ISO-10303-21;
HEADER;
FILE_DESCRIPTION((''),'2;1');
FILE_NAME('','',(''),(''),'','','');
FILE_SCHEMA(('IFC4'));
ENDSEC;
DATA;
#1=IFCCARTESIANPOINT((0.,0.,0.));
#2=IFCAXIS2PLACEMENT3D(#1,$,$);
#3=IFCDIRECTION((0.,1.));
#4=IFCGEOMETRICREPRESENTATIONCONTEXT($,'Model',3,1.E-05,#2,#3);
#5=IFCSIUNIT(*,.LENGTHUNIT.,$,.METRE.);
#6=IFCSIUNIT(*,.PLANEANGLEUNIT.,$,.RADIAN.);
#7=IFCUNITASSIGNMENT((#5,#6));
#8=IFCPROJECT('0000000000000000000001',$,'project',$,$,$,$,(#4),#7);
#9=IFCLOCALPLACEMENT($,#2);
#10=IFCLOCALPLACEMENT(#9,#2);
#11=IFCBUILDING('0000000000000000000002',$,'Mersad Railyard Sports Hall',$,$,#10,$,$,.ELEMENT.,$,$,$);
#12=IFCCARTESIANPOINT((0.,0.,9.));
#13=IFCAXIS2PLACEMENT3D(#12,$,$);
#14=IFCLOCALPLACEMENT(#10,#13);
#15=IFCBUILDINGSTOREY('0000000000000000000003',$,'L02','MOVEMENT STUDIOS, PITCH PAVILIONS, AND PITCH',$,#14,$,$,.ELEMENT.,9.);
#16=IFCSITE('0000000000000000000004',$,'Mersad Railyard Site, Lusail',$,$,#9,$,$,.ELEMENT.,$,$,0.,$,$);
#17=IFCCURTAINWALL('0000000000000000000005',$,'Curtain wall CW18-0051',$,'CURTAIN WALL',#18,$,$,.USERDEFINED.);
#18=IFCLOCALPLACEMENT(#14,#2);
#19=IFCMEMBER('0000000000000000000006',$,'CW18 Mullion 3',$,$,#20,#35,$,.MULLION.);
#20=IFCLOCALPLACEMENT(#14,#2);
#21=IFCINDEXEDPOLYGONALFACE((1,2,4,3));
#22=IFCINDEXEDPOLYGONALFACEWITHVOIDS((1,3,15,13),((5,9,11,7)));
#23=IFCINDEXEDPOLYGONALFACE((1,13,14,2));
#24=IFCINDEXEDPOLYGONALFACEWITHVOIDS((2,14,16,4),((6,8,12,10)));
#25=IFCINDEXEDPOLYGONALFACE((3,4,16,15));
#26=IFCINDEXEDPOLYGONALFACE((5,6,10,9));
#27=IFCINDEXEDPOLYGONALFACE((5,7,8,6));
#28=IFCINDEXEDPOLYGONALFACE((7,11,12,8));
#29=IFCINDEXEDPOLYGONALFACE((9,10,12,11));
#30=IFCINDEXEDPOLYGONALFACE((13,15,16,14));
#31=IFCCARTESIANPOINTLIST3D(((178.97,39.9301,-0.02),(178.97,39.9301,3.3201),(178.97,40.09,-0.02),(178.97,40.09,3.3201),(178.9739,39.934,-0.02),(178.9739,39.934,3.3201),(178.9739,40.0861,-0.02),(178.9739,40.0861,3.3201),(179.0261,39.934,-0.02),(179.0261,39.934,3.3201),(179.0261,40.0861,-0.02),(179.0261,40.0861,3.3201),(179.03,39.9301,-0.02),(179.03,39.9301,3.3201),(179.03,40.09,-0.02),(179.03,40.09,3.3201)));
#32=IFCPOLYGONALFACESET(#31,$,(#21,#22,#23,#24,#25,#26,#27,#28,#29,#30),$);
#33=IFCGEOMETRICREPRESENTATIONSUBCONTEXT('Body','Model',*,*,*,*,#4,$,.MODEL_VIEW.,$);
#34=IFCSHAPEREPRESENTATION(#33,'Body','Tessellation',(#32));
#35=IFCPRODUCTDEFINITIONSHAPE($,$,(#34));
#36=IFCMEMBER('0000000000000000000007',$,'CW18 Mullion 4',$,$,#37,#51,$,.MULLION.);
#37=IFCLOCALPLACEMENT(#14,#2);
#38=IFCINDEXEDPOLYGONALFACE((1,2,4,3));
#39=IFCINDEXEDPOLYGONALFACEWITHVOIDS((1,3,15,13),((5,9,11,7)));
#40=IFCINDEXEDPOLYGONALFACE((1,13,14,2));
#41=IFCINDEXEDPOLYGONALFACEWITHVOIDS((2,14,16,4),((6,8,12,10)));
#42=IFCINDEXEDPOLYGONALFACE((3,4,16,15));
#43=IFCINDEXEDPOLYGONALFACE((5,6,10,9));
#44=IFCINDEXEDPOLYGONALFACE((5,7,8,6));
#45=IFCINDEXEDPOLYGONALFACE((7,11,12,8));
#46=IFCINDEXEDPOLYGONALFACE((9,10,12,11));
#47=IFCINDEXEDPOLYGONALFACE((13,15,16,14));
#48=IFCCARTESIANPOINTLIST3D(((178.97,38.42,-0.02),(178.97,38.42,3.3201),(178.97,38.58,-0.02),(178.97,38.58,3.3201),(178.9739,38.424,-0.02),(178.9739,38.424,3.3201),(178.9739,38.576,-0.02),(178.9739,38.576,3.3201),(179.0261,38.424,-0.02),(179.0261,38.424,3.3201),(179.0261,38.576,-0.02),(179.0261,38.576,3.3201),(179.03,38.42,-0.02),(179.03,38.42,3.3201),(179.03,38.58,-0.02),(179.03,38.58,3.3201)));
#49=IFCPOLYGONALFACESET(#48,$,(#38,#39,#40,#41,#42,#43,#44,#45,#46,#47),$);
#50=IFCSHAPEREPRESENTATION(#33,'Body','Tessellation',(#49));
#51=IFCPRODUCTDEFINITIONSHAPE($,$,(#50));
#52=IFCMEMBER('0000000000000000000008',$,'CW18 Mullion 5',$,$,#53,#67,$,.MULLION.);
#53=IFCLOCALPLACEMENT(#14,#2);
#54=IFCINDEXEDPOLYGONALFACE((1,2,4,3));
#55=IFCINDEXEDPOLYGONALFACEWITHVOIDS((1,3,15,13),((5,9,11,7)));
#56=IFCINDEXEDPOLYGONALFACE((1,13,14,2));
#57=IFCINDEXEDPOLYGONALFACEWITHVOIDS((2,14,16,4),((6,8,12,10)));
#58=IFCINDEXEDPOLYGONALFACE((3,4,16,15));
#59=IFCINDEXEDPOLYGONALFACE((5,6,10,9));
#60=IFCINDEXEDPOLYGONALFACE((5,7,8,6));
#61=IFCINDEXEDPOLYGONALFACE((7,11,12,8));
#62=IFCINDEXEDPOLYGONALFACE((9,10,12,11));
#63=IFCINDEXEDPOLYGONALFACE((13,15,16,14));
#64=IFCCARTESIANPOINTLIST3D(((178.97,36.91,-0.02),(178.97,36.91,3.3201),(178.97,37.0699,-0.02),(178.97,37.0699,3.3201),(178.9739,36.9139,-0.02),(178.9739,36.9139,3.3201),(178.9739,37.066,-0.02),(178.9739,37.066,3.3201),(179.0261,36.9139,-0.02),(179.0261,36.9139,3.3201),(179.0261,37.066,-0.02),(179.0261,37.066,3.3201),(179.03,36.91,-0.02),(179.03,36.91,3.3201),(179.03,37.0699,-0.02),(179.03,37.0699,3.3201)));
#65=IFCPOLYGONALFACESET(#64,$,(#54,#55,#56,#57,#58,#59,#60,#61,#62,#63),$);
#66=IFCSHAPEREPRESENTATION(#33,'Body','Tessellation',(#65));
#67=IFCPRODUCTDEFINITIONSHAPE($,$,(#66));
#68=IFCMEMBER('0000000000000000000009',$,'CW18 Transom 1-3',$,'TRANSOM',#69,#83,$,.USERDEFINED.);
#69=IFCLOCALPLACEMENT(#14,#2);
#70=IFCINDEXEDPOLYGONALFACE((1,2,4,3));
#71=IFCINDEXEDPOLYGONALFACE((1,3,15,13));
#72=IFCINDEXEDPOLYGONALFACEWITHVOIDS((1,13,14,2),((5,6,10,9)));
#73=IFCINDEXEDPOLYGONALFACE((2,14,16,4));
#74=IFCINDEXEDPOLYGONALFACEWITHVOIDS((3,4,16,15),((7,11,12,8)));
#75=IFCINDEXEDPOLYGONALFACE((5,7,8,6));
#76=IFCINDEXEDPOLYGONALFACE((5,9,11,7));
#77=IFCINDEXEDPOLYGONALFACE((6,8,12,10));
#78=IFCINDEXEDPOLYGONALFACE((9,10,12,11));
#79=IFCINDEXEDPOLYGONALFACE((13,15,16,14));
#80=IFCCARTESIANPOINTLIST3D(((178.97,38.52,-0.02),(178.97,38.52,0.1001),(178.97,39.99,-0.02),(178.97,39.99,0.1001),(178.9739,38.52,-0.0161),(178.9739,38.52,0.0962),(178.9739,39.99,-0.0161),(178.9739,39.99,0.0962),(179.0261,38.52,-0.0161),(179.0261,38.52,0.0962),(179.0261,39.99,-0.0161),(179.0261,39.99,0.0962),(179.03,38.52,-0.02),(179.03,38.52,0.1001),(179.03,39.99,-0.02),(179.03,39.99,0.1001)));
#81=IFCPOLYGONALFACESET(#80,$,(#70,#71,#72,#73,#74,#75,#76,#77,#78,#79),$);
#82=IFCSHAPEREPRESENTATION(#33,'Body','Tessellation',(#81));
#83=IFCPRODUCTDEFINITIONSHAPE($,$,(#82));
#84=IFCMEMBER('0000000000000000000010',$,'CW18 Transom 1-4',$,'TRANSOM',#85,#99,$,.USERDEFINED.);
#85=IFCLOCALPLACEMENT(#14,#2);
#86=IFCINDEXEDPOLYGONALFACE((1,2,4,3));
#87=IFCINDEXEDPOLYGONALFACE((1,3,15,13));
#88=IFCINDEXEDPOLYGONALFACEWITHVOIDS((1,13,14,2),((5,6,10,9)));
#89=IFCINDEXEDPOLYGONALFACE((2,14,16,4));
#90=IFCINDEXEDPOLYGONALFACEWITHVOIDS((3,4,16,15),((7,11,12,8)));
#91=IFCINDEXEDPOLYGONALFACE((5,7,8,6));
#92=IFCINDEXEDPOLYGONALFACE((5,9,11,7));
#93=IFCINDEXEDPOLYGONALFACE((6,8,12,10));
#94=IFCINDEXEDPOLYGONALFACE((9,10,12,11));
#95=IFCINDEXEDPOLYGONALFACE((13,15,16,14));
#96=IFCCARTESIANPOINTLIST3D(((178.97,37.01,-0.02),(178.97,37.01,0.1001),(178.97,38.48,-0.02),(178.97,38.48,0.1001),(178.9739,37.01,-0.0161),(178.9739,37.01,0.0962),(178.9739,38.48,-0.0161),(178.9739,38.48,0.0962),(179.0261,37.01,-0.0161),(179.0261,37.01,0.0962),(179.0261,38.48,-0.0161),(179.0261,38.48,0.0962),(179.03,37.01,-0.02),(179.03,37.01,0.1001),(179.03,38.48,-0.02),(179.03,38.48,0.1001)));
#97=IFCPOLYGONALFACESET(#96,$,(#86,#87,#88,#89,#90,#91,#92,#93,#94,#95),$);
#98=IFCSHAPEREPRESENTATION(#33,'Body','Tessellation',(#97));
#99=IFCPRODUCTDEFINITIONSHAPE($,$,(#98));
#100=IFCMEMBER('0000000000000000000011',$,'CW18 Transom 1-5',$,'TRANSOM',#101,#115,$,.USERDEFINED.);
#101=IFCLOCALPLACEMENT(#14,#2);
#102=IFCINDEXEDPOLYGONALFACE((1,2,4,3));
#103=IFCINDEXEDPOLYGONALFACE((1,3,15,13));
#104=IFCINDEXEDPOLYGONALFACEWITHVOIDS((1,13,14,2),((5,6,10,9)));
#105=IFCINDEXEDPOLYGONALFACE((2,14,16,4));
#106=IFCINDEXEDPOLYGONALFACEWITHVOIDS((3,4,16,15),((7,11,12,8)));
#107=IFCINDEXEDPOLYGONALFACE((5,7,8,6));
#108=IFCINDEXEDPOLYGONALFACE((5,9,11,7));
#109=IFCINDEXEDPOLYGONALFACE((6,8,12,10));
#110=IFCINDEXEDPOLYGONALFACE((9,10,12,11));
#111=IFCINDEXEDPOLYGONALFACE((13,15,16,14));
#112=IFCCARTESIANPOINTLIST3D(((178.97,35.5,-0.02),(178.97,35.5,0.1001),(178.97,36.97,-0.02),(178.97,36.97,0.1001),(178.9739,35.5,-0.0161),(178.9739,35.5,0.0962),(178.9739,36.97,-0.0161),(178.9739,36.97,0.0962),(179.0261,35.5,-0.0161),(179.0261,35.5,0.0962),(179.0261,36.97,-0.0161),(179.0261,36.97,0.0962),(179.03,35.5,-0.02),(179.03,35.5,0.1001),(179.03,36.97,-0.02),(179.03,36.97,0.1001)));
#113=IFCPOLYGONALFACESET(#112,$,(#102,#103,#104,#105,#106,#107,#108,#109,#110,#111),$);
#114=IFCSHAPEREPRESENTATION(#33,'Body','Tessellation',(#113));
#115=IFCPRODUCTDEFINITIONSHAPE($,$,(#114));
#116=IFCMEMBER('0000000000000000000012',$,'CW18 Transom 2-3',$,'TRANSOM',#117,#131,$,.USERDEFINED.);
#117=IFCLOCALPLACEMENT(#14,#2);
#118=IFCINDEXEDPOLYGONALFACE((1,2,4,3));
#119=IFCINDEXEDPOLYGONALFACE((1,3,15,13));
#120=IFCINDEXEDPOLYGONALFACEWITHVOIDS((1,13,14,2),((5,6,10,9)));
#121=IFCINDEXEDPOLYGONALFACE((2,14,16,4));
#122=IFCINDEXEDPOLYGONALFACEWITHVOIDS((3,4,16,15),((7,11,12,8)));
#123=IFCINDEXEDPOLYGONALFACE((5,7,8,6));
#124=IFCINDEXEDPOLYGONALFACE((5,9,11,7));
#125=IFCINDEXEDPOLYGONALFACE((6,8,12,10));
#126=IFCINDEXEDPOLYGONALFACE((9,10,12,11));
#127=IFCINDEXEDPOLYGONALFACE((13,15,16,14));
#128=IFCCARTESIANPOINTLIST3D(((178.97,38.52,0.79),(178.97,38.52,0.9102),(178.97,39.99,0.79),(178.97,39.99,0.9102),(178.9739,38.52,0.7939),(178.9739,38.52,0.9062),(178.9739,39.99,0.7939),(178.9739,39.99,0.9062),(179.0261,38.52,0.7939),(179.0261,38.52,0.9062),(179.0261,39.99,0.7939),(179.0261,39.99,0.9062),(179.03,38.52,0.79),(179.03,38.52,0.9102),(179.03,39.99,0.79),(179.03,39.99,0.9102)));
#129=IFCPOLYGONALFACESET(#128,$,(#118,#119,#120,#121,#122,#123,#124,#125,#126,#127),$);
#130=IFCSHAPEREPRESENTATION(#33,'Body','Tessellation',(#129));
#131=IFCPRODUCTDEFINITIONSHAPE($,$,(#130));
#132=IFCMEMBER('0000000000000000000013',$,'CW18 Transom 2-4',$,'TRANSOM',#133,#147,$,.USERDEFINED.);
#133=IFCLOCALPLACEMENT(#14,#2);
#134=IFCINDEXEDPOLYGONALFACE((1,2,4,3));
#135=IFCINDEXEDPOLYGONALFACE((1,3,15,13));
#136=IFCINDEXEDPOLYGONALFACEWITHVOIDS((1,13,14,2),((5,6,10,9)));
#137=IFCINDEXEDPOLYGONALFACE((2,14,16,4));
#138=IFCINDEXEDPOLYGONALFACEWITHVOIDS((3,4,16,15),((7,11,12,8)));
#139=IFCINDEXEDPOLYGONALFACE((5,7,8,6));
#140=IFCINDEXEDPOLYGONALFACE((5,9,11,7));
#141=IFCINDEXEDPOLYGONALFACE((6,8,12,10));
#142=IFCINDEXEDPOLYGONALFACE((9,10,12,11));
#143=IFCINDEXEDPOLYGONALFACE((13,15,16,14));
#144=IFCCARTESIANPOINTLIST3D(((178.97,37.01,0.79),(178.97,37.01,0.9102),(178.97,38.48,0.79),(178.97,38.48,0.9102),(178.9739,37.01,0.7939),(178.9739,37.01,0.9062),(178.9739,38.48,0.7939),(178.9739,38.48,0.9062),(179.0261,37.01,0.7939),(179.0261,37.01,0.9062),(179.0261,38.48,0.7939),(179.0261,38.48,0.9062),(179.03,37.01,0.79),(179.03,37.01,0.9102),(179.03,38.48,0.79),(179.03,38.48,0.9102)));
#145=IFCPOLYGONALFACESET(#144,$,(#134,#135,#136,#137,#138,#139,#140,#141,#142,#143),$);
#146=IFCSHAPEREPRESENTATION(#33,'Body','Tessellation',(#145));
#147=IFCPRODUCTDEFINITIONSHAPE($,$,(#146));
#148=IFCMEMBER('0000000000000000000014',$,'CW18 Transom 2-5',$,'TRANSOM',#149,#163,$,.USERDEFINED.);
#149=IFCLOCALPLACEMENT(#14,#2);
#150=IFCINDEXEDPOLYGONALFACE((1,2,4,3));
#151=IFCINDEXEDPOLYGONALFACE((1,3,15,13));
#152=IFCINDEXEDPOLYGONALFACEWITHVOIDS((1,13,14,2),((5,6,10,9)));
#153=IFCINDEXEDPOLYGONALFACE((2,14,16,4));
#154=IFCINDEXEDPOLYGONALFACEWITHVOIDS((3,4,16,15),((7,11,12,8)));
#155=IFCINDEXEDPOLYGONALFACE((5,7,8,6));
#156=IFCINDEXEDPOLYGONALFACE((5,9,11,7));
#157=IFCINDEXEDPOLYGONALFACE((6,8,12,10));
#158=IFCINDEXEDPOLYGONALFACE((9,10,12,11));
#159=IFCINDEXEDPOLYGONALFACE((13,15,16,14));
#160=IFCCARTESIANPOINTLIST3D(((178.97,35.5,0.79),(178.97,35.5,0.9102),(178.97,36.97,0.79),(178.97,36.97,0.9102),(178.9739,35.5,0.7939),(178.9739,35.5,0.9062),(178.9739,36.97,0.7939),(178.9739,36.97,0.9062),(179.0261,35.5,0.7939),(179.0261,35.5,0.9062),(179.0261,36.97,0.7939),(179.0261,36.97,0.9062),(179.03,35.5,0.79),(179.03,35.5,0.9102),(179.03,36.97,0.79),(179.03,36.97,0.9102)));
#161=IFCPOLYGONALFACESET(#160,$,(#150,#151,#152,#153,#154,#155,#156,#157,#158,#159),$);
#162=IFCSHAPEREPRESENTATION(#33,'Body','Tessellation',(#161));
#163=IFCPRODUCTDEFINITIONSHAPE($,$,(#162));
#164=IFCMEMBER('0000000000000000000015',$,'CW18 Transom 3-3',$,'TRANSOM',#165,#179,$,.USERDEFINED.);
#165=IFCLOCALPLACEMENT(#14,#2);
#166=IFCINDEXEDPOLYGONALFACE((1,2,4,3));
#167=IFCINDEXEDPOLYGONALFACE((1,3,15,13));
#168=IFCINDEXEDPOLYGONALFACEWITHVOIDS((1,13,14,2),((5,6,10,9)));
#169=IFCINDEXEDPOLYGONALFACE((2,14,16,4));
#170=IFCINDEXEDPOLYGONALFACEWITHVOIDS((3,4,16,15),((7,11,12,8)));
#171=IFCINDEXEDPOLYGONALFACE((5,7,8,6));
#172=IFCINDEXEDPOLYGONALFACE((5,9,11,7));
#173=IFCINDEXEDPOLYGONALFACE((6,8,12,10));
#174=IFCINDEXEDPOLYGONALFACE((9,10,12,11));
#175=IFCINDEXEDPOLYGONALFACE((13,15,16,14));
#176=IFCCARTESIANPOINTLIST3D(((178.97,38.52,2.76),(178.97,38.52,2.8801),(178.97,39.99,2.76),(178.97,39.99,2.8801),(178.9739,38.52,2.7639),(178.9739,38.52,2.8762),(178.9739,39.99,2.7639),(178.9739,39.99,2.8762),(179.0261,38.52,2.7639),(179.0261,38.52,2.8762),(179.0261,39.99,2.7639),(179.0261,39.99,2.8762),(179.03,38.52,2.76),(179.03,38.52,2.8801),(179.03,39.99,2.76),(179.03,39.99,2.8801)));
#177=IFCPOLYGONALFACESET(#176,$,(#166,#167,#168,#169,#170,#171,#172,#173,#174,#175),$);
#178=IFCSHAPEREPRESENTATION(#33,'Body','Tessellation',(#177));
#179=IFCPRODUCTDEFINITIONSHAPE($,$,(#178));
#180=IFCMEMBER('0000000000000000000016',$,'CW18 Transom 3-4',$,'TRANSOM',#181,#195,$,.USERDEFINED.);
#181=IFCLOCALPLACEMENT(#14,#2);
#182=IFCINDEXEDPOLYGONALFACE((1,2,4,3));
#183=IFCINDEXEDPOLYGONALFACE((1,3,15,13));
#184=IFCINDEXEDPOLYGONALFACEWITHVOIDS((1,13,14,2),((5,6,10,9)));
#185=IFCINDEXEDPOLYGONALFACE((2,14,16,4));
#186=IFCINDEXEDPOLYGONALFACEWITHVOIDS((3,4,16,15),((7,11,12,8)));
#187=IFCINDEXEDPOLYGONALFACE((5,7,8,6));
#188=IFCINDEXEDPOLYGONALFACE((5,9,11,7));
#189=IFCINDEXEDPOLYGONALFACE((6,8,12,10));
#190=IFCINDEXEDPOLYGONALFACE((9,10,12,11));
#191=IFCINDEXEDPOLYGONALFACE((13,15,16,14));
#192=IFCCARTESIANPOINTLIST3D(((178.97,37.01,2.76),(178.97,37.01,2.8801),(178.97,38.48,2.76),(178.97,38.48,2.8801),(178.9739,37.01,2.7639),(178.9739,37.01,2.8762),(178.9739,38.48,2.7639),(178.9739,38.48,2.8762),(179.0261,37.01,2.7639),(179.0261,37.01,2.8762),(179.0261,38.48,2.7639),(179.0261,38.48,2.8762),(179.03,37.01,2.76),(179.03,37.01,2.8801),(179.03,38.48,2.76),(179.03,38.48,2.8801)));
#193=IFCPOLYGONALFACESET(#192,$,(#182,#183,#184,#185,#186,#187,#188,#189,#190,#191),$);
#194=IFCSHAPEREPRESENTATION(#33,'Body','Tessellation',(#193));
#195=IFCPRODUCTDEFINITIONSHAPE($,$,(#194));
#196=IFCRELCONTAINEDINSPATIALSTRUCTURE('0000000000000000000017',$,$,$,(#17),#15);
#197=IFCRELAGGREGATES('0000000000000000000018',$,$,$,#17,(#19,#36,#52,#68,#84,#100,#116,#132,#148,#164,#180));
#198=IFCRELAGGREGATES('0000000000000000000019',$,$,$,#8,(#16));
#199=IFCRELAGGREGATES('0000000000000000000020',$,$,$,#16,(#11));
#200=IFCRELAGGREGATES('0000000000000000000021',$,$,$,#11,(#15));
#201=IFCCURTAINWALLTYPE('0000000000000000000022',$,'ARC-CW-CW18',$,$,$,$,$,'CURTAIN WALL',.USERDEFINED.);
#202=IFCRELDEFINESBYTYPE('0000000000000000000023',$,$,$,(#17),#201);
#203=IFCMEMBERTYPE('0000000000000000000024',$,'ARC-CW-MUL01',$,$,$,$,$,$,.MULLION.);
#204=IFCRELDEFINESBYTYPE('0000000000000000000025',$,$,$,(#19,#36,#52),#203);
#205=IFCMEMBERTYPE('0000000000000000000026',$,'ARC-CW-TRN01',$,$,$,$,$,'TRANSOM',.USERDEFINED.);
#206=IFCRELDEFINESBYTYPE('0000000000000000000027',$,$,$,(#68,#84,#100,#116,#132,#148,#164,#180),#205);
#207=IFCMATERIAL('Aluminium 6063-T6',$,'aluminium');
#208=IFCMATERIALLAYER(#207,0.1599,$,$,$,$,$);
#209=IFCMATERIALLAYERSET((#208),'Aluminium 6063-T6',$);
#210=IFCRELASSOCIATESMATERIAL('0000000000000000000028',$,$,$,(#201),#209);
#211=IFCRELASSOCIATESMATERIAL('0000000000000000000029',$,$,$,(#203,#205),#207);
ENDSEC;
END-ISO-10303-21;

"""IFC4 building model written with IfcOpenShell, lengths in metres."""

from ifc_helpers import new_model, si_unit, direction, frame, origin, origin_2d, place, context, subcontext, project, spatial, hollow_rectangle, extrude, material, layer, layer_set, material_profile, profile_set, type_object, element, aggregate, save


model = new_model("IFC4")

# Units and contexts
model_context = context("Model", 3, precision=1e-05, world=origin(), true_north=direction((0.0, 1.0)))
body_context = subcontext(model_context, "Body", "Model", "MODEL_VIEW")
ifc_project = project(units=[si_unit("LENGTHUNIT", "METRE"), si_unit("PLANEANGLEUNIT", "RADIAN")], contexts=[model_context])

# Site, building, storey
site_placement = place(None, origin())
site = spatial("IfcSite", under=ifc_project, at=site_placement, Name="Mersad Railyard Site, Lusail", CompositionType="ELEMENT", RefElevation=0.0)
building_placement = place(site_placement, origin())
building = spatial("IfcBuilding", under=site, at=building_placement, Name="Mersad Railyard Sports Hall", CompositionType="ELEMENT")
storey_placement = place(building_placement, frame((0.0, 0.0, 9.0)))
storey = spatial("IfcBuildingStorey", under=building, at=storey_placement, Name="L02", Description="MOVEMENT STUDIOS, PITCH PAVILIONS, AND PITCH", CompositionType="ELEMENT", Elevation=9.0)

# Curtain wall, members
ifc_material_1 = material(Name="Aluminium 6063-T6", Category="aluminium")
ifc_layer_1 = layer(ifc_material_1, 0.1599)
ifc_layer_set_1 = layer_set([ifc_layer_1], Name="Aluminium 6063-T6")
curtain_wall_type = type_object("IfcCurtainWallType", Name="ARC-CW-CW18", ElementType="CURTAIN WALL", PredefinedType="USERDEFINED", material=ifc_layer_set_1)
curtain_wall_placement = place(storey_placement, origin())
curtain_wall = element("IfcCurtainWall", 1, at=curtain_wall_placement, inside=storey, type_object=curtain_wall_type, Name="Curtain wall CW18-0051", ObjectType="CURTAIN WALL", PredefinedType="USERDEFINED")
ifc_material_profile_1 = material_profile(ifc_material_1, hollow_rectangle(XDim=0.0601, YDim=0.1599, WallThickness=0.0039, at=origin_2d()), Name="AL MULLION 60x160x4")
ifc_profile_set_1 = profile_set([ifc_material_profile_1], Name="Aluminium 6063-T6")
member_type_1 = type_object("IfcMemberType", Name="ARC-CW-MUL01", PredefinedType="MULLION", material=ifc_profile_set_1)
member_1_placement = place(storey_placement, frame((179.0, 40.01, -0.02), z_axis=(0.0, 0.0, 1.0), x_axis=(1.0, 0.0, 0.0)))
member_1 = element("IfcMember", 2, at=member_1_placement, type_object=member_type_1, Name="CW18 Mullion 3", PredefinedType="MULLION", context=body_context, shape_type="SweptSolid", body=[
    extrude(hollow_rectangle(XDim=0.0601, YDim=0.1599, WallThickness=0.0039, at=origin_2d()), origin(), (0.0, 0.0, 1.0), 3.3401),
])
member_2_placement = place(storey_placement, frame((179.0, 38.5, -0.02), z_axis=(0.0, 0.0, 1.0), x_axis=(1.0, 0.0, 0.0)))
member_2 = element("IfcMember", 3, at=member_2_placement, type_object=member_type_1, Name="CW18 Mullion 4", PredefinedType="MULLION", context=body_context, shape_type="SweptSolid", body=[
    extrude(hollow_rectangle(XDim=0.0601, YDim=0.1599, WallThickness=0.0039, at=origin_2d()), origin(), (0.0, 0.0, 1.0), 3.3401),
])
member_3_placement = place(storey_placement, frame((179.0, 36.99, -0.02), z_axis=(0.0, 0.0, 1.0), x_axis=(1.0, 0.0, 0.0)))
member_3 = element("IfcMember", 4, at=member_3_placement, type_object=member_type_1, Name="CW18 Mullion 5", PredefinedType="MULLION", context=body_context, shape_type="SweptSolid", body=[
    extrude(hollow_rectangle(XDim=0.0601, YDim=0.1599, WallThickness=0.0039, at=origin_2d()), origin(), (0.0, 0.0, 1.0), 3.3401),
])
ifc_material_profile_2 = material_profile(ifc_material_1, hollow_rectangle(XDim=0.0601, YDim=0.1201, WallThickness=0.0039, at=origin_2d()), Name="AL TRANSOM 60x120x4")
ifc_profile_set_2 = profile_set([ifc_material_profile_2], Name="Aluminium 6063-T6")
member_type_2 = type_object("IfcMemberType", Name="ARC-CW-TRN01", ElementType="TRANSOM", PredefinedType="USERDEFINED", material=ifc_profile_set_2)
member_4_placement = place(storey_placement, frame((179.0, 39.99, 0.04), z_axis=(0.0, -1.0, 0.0), x_axis=(1.0, 0.0, 0.0)))
member_4 = element("IfcMember", 5, at=member_4_placement, type_object=member_type_2, Name="CW18 Transom 1-3", ObjectType="TRANSOM", PredefinedType="USERDEFINED", context=body_context, shape_type="SweptSolid", body=[
    extrude(hollow_rectangle(XDim=0.0601, YDim=0.1201, WallThickness=0.0039, at=origin_2d()), origin(), (0.0, 0.0, 1.0), 1.47),
])
member_5_placement = place(storey_placement, frame((179.0, 38.48, 0.04), z_axis=(0.0, -1.0, 0.0), x_axis=(1.0, 0.0, 0.0)))
member_5 = element("IfcMember", 6, at=member_5_placement, type_object=member_type_2, Name="CW18 Transom 1-4", ObjectType="TRANSOM", PredefinedType="USERDEFINED", context=body_context, shape_type="SweptSolid", body=[
    extrude(hollow_rectangle(XDim=0.0601, YDim=0.1201, WallThickness=0.0039, at=origin_2d()), origin(), (0.0, 0.0, 1.0), 1.47),
])
member_6_placement = place(storey_placement, frame((179.0, 36.97, 0.04), z_axis=(0.0, -1.0, 0.0), x_axis=(1.0, 0.0, 0.0)))
member_6 = element("IfcMember", 7, at=member_6_placement, type_object=member_type_2, Name="CW18 Transom 1-5", ObjectType="TRANSOM", PredefinedType="USERDEFINED", context=body_context, shape_type="SweptSolid", body=[
    extrude(hollow_rectangle(XDim=0.0601, YDim=0.1201, WallThickness=0.0039, at=origin_2d()), origin(), (0.0, 0.0, 1.0), 1.47),
])
member_7_placement = place(storey_placement, frame((179.0, 39.99, 0.8501), z_axis=(0.0, -1.0, 0.0), x_axis=(1.0, 0.0, 0.0)))
member_7 = element("IfcMember", 8, at=member_7_placement, type_object=member_type_2, Name="CW18 Transom 2-3", ObjectType="TRANSOM", PredefinedType="USERDEFINED", context=body_context, shape_type="SweptSolid", body=[
    extrude(hollow_rectangle(XDim=0.0601, YDim=0.1201, WallThickness=0.0039, at=origin_2d()), origin(), (0.0, 0.0, 1.0), 1.47),
])
member_8_placement = place(storey_placement, frame((179.0, 38.48, 0.8501), z_axis=(0.0, -1.0, 0.0), x_axis=(1.0, 0.0, 0.0)))
member_8 = element("IfcMember", 9, at=member_8_placement, type_object=member_type_2, Name="CW18 Transom 2-4", ObjectType="TRANSOM", PredefinedType="USERDEFINED", context=body_context, shape_type="SweptSolid", body=[
    extrude(hollow_rectangle(XDim=0.0601, YDim=0.1201, WallThickness=0.0039, at=origin_2d()), origin(), (0.0, 0.0, 1.0), 1.47),
])
member_9_placement = place(storey_placement, frame((179.0, 36.97, 0.8501), z_axis=(0.0, -1.0, 0.0), x_axis=(1.0, 0.0, 0.0)))
member_9 = element("IfcMember", 10, at=member_9_placement, type_object=member_type_2, Name="CW18 Transom 2-5", ObjectType="TRANSOM", PredefinedType="USERDEFINED", context=body_context, shape_type="SweptSolid", body=[
    extrude(hollow_rectangle(XDim=0.0601, YDim=0.1201, WallThickness=0.0039, at=origin_2d()), origin(), (0.0, 0.0, 1.0), 1.47),
])
member_10_placement = place(storey_placement, frame((179.0, 39.99, 2.8201), z_axis=(0.0, -1.0, 0.0), x_axis=(1.0, 0.0, 0.0)))
member_10 = element("IfcMember", 11, at=member_10_placement, type_object=member_type_2, Name="CW18 Transom 3-3", ObjectType="TRANSOM", PredefinedType="USERDEFINED", context=body_context, shape_type="SweptSolid", body=[
    extrude(hollow_rectangle(XDim=0.0601, YDim=0.1201, WallThickness=0.0039, at=origin_2d()), origin(), (0.0, 0.0, 1.0), 1.47),
])
member_11_placement = place(storey_placement, frame((179.0, 38.48, 2.8201), z_axis=(0.0, -1.0, 0.0), x_axis=(1.0, 0.0, 0.0)))
member_11 = element("IfcMember", 12, at=member_11_placement, type_object=member_type_2, Name="CW18 Transom 3-4", ObjectType="TRANSOM", PredefinedType="USERDEFINED", context=body_context, shape_type="SweptSolid", body=[
    extrude(hollow_rectangle(XDim=0.0601, YDim=0.1201, WallThickness=0.0039, at=origin_2d()), origin(), (0.0, 0.0, 1.0), 1.47),
])
aggregate(curtain_wall, [member_1, member_2, member_3, member_4, member_5, member_6, member_7, member_8, member_9, member_10, member_11])

save(model, "model.ifc")
